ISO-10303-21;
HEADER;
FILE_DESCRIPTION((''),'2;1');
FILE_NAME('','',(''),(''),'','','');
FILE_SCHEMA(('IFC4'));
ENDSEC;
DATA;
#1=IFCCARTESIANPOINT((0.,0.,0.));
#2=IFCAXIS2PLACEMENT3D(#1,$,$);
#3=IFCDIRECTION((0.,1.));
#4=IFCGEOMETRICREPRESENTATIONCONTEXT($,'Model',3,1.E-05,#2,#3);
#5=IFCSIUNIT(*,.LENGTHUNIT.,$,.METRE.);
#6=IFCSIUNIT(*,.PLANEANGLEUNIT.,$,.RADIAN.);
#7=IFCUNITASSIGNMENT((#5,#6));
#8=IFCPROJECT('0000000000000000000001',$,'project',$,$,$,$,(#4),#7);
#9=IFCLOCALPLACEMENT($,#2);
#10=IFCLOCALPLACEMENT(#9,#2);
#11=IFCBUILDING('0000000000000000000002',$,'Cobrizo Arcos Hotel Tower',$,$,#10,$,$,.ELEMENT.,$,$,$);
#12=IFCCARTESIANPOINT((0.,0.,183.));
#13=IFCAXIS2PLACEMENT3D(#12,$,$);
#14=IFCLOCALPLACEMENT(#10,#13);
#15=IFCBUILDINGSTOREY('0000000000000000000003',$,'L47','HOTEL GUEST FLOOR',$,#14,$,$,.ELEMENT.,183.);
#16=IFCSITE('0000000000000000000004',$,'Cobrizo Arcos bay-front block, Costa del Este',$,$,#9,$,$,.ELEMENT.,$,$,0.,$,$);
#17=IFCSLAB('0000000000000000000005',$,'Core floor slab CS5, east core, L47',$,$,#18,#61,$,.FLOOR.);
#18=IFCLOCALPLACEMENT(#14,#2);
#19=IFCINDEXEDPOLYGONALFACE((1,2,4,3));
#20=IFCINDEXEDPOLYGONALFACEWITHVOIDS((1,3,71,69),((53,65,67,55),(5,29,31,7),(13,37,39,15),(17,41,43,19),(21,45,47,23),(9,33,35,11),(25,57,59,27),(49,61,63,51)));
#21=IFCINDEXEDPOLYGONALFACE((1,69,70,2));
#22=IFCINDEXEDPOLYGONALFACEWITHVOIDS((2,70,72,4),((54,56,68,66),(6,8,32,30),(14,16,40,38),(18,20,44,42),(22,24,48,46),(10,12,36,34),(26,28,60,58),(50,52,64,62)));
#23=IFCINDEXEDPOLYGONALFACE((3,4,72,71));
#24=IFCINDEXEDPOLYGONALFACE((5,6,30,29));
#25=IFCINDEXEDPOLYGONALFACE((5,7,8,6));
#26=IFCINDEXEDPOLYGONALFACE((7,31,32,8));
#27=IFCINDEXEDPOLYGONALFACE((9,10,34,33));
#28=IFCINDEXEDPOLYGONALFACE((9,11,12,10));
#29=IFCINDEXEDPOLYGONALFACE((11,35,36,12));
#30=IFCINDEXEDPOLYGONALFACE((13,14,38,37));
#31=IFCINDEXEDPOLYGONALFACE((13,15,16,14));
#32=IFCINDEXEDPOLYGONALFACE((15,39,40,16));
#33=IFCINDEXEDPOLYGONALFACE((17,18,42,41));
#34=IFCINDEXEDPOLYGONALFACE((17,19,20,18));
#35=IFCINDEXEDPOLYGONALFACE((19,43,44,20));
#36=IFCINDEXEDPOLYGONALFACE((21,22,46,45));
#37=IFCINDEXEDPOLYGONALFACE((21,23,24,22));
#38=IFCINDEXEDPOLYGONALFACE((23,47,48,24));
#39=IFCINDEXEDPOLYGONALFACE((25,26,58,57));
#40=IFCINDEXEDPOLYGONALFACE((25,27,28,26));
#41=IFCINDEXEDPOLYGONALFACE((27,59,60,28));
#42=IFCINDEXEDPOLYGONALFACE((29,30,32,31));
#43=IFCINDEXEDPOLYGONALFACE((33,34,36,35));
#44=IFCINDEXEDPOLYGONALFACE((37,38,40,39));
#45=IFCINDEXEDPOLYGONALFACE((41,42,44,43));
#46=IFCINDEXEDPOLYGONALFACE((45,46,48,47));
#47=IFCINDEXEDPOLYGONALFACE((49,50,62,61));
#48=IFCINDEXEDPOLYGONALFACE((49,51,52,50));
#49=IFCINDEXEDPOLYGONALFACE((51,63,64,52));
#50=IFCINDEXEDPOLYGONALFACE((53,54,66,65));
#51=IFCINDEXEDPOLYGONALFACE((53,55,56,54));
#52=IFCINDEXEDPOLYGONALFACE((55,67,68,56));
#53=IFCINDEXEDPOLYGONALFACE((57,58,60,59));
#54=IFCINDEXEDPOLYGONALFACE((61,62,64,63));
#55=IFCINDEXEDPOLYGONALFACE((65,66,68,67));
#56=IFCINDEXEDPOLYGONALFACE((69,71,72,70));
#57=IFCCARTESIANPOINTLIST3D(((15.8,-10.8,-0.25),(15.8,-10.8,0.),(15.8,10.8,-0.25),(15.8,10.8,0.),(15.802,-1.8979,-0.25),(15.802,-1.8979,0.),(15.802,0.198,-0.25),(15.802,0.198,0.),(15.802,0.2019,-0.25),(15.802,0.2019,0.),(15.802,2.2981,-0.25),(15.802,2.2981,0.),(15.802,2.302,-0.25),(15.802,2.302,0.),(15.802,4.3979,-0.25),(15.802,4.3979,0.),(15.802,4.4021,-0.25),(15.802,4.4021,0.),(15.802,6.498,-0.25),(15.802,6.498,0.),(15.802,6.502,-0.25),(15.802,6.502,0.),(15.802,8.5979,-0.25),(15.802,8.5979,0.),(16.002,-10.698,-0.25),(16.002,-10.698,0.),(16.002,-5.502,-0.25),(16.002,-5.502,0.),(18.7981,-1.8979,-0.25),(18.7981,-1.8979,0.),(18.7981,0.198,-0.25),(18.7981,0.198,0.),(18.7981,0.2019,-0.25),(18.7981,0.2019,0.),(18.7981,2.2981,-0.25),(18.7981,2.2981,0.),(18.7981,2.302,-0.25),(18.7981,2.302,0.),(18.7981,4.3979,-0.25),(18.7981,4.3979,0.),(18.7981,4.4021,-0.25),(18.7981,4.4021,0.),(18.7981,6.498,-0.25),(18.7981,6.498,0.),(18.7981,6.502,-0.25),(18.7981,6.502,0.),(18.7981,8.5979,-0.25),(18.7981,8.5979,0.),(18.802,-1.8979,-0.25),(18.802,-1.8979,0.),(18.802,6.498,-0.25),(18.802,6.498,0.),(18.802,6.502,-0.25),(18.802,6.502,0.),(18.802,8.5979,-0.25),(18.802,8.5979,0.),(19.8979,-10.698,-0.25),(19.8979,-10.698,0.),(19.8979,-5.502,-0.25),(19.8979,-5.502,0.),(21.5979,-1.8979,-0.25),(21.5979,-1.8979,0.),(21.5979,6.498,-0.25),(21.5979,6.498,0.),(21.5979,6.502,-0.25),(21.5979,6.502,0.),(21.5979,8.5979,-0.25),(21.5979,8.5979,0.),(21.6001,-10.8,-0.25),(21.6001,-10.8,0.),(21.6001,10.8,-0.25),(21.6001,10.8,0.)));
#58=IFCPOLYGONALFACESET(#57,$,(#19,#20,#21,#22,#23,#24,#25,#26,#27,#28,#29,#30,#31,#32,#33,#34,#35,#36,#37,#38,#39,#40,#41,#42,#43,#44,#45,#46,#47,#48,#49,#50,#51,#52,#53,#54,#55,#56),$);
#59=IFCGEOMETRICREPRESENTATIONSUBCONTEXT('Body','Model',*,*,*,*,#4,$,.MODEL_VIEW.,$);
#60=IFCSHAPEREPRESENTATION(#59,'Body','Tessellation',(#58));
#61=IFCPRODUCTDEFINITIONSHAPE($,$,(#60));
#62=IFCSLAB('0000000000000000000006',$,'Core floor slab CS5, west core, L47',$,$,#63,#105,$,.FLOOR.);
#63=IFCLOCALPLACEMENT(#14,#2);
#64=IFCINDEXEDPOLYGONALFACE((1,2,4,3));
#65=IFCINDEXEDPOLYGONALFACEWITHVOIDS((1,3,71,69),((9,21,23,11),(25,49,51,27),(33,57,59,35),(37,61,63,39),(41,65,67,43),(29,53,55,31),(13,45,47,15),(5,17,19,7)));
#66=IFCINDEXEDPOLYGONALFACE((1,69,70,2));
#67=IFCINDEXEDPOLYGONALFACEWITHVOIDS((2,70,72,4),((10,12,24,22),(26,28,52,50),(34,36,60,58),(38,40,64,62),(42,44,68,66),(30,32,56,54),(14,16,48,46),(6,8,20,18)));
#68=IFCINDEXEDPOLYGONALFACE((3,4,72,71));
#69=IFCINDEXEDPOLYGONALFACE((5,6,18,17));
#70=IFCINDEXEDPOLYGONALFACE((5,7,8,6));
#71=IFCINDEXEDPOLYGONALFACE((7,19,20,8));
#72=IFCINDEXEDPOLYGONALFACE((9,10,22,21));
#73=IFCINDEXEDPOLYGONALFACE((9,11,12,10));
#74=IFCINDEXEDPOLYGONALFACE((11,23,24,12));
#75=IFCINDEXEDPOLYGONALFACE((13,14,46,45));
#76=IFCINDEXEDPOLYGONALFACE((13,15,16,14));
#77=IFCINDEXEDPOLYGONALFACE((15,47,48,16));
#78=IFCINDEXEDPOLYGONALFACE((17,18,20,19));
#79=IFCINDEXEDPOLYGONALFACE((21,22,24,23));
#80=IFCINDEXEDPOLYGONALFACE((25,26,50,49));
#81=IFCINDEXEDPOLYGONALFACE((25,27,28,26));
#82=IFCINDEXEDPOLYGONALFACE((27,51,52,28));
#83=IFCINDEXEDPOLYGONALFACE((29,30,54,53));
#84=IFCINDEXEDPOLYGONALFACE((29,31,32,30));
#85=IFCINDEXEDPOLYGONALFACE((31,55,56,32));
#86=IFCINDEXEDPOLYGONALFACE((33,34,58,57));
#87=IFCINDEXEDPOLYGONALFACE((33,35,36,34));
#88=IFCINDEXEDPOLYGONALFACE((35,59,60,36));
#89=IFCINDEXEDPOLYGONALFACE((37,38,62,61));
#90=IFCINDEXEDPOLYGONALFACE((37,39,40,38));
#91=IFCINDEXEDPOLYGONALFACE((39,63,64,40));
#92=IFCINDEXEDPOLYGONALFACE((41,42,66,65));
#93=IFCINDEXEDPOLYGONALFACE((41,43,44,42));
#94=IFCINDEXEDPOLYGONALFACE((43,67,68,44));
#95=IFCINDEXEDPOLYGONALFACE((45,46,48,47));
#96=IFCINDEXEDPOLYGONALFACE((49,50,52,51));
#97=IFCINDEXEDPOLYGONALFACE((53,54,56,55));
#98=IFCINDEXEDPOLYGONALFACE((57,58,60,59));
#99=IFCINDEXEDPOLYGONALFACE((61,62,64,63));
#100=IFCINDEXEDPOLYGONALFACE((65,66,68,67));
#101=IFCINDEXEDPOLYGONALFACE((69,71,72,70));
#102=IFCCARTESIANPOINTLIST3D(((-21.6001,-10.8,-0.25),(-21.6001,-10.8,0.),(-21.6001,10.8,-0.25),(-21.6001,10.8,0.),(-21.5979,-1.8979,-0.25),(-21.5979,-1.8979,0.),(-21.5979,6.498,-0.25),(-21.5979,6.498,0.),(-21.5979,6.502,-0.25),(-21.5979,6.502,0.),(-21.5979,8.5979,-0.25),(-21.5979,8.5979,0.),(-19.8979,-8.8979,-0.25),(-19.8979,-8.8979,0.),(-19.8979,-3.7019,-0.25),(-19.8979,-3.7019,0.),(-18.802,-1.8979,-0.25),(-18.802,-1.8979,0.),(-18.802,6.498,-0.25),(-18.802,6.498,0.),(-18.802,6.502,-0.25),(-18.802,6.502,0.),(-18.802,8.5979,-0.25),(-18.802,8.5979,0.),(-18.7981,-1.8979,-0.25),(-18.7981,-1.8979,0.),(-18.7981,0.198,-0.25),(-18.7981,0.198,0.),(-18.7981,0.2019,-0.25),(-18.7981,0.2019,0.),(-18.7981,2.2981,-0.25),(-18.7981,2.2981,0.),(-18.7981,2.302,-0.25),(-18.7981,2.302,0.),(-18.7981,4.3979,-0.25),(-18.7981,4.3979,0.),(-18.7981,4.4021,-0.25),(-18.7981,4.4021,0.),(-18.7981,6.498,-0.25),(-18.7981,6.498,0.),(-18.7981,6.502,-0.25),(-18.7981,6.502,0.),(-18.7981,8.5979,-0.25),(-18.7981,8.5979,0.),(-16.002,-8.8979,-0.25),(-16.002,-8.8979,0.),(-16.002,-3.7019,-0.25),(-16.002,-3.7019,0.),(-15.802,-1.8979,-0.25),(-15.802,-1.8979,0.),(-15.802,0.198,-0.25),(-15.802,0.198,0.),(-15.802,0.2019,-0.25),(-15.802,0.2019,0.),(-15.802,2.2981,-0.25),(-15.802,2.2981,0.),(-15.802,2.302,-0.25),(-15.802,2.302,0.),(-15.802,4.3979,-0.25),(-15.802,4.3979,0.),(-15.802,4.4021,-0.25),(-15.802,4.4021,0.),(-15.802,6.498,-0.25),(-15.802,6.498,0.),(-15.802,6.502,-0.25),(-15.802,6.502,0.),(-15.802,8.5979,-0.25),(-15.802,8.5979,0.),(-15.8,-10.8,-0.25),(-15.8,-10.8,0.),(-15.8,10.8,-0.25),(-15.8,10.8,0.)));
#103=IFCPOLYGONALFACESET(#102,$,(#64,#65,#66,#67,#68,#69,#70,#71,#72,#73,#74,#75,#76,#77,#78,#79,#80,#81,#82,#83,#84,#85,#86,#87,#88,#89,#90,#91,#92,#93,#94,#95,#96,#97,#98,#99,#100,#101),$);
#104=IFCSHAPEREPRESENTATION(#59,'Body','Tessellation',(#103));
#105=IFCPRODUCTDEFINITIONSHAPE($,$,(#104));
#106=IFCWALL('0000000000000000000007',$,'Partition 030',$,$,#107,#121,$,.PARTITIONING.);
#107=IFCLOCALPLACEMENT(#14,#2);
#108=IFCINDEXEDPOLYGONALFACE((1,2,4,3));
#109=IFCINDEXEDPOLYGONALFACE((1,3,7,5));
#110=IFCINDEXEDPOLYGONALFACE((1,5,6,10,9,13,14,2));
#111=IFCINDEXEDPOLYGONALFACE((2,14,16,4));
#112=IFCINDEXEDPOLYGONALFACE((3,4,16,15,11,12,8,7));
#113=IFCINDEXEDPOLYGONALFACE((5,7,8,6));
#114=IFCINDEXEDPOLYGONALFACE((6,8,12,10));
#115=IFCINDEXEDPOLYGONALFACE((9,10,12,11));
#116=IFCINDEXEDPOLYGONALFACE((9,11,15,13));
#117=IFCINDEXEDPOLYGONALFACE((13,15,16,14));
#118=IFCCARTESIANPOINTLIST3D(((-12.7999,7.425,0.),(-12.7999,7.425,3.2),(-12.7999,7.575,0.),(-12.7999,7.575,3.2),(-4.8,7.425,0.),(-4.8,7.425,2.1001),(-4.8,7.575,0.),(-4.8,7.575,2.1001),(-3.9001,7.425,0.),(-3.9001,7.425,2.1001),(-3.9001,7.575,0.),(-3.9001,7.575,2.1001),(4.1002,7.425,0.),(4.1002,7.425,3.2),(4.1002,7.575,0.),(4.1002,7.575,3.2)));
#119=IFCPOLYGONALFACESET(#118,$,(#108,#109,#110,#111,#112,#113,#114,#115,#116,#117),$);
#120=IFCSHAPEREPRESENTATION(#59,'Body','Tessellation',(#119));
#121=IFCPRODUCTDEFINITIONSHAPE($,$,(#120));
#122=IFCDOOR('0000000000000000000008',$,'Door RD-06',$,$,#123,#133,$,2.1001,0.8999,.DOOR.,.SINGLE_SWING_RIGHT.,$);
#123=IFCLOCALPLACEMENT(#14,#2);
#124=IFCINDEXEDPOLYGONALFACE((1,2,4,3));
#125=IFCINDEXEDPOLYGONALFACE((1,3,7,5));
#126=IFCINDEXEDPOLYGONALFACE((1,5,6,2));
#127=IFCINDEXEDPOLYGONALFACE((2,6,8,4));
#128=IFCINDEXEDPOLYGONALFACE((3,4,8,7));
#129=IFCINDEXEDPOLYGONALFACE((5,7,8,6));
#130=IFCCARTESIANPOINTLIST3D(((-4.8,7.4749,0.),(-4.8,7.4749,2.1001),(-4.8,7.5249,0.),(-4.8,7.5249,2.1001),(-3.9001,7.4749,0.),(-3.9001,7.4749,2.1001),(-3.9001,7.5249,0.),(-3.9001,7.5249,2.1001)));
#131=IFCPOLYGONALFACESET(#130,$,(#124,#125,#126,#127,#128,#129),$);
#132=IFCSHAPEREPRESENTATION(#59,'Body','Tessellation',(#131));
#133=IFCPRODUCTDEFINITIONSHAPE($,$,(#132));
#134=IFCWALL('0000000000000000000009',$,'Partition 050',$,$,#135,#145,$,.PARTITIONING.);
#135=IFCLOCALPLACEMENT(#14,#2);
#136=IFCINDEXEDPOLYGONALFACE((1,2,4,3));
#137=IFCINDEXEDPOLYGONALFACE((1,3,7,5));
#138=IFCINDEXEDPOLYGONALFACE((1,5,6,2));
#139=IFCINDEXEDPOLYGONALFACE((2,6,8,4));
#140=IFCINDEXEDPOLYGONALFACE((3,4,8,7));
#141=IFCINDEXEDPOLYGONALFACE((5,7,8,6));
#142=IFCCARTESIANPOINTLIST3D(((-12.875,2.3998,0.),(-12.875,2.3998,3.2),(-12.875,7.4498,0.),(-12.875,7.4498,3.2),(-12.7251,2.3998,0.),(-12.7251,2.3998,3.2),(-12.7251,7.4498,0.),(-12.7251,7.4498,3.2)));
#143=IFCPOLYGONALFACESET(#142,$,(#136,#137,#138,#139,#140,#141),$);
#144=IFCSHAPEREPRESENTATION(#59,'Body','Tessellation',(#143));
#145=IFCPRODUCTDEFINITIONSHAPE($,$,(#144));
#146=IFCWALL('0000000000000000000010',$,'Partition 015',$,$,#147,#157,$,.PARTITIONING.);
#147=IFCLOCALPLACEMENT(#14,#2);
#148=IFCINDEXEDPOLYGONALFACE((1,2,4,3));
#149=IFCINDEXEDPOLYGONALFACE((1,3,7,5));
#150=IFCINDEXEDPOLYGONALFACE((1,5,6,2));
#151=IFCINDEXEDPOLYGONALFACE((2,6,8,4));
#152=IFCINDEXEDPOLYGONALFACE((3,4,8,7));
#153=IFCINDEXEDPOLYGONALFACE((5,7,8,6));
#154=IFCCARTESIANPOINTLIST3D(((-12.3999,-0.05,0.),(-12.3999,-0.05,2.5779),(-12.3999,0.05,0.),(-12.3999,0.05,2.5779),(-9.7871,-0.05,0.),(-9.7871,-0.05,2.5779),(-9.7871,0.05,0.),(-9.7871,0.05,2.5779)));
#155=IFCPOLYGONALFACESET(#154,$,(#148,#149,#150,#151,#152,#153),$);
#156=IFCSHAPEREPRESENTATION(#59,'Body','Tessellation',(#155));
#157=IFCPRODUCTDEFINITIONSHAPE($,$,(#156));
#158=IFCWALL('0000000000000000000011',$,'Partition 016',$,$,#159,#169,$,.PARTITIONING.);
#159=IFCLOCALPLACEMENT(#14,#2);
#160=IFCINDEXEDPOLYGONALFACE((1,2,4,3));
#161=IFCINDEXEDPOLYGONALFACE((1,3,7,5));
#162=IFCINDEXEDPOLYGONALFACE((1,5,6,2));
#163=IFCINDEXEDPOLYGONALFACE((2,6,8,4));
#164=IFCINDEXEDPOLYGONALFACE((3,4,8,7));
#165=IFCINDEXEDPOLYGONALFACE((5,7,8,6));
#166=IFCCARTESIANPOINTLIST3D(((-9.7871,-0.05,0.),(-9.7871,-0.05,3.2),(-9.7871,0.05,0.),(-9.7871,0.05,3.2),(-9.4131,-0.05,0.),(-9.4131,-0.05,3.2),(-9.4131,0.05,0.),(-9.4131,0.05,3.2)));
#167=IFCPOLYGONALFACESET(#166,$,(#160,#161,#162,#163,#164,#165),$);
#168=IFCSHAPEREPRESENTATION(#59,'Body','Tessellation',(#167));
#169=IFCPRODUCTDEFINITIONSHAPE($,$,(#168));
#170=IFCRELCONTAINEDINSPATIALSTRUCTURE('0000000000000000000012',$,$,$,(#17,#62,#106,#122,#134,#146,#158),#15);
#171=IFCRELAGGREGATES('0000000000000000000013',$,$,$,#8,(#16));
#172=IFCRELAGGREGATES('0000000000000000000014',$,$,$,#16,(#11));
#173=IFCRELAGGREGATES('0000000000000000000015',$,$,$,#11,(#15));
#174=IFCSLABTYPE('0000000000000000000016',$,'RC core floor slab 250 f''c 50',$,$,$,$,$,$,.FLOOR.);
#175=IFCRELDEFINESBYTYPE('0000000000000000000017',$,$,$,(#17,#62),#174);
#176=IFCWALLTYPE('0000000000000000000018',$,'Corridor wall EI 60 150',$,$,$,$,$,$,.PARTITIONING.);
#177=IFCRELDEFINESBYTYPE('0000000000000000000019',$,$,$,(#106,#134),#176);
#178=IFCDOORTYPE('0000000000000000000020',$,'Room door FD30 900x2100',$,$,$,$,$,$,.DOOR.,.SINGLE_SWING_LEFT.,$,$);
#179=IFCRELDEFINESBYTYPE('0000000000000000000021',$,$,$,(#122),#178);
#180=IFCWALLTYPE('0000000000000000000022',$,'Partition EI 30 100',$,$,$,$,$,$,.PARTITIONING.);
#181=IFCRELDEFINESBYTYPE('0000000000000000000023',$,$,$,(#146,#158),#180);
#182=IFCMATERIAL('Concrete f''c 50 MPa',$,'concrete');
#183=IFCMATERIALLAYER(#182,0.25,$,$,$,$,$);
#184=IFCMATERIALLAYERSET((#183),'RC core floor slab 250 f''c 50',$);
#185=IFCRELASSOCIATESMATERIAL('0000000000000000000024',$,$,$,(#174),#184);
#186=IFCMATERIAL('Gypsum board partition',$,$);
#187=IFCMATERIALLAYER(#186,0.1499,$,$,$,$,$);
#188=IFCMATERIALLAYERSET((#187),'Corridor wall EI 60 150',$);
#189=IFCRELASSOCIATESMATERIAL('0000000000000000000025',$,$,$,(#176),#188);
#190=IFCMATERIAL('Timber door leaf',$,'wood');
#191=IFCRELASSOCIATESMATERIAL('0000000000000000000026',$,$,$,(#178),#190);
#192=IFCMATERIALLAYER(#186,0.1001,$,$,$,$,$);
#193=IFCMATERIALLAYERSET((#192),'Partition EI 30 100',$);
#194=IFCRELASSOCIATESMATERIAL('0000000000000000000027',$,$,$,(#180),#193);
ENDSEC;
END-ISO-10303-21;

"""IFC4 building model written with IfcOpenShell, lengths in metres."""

from ifc_helpers import new_model, si_unit, direction, frame, frame_2d, origin, place, context, subcontext, project, spatial, polyline, rectangle, outline, extrude, material, layer, layer_set, type_object, element, fill, save


model = new_model("IFC4")

# Units and contexts
model_context = context("Model", 3, precision=1e-05, world=origin(), true_north=direction((0.0, 1.0)))
body_context = subcontext(model_context, "Body", "Model", "MODEL_VIEW")
ifc_project = project(units=[si_unit("LENGTHUNIT", "METRE"), si_unit("PLANEANGLEUNIT", "RADIAN")], contexts=[model_context])

# Site, building, storey
site_placement = place(None, origin())
site = spatial("IfcSite", under=ifc_project, at=site_placement, Name="Cobrizo Arcos bay-front block, Costa del Este", CompositionType="ELEMENT", RefElevation=0.0)
building_placement = place(site_placement, origin())
building = spatial("IfcBuilding", under=site, at=building_placement, Name="Cobrizo Arcos Hotel Tower", CompositionType="ELEMENT")
storey_placement = place(building_placement, frame((0.0, 0.0, 183.0)))
storey = spatial("IfcBuildingStorey", under=building, at=storey_placement, Name="L47", Description="HOTEL GUEST FLOOR", CompositionType="ELEMENT", Elevation=183.0)

# Slabs
ifc_material_1 = material(Name="Concrete f'c 50 MPa", Category="concrete")
ifc_layer_1 = layer(ifc_material_1, 0.25)
ifc_layer_set_1 = layer_set([ifc_layer_1], Name="RC core floor slab 250 f'c 50")
slab_type_1 = type_object("IfcSlabType", Name="RC core floor slab 250 f'c 50", PredefinedType="FLOOR", material=ifc_layer_set_1)
slab_1_placement = place(storey_placement, frame((0.0, 0.0, -0.25)))
element("IfcSlab", 1, at=slab_1_placement, inside=storey, type_object=slab_type_1, Name="Core floor slab CS5, east core, L47", PredefinedType="FLOOR", context=body_context, shape_type="SweptSolid", body=[
    extrude(outline(polyline([(15.8, 10.8), (21.6001, 10.8), (21.6001, -10.8), (15.8, -10.8), (15.8, 10.8)]), holes=[polyline([(19.8979, -10.698), (19.8979, -5.502), (16.002, -5.502), (16.002, -10.698), (19.8979, -10.698)]), polyline([(15.802, 0.198), (15.802, -1.8979), (18.7981, -1.8979), (18.7981, 0.198), (15.802, 0.198)]), polyline([(18.7981, 2.2981), (15.802, 2.2981), (15.802, 0.2019), (18.7981, 0.2019), (18.7981, 2.2981)]), polyline([(21.5979, 6.498), (18.802, 6.498), (18.802, -1.8979), (21.5979, -1.8979), (21.5979, 6.498)]), polyline([(18.7981, 4.3979), (15.802, 4.3979), (15.802, 2.302), (18.7981, 2.302), (18.7981, 4.3979)]), polyline([(18.7981, 6.498), (15.802, 6.498), (15.802, 4.4021), (18.7981, 4.4021), (18.7981, 6.498)]), polyline([(18.7981, 8.5979), (15.802, 8.5979), (15.802, 6.502), (18.7981, 6.502), (18.7981, 8.5979)]), polyline([(21.5979, 8.5979), (18.802, 8.5979), (18.802, 6.502), (21.5979, 6.502), (21.5979, 8.5979)])]), origin(), (0.0, 0.0, 1.0), 0.25),
])
slab_2_placement = place(storey_placement, frame((0.0, 0.0, -0.25)))
element("IfcSlab", 2, at=slab_2_placement, inside=storey, type_object=slab_type_1, Name="Core floor slab CS5, west core, L47", PredefinedType="FLOOR", context=body_context, shape_type="SweptSolid", body=[
    extrude(outline(polyline([(-21.6001, 10.8), (-15.8, 10.8), (-15.8, -10.8), (-21.6001, -10.8), (-21.6001, 10.8)]), holes=[polyline([(-19.8979, -3.7019), (-19.8979, -8.8979), (-16.002, -8.8979), (-16.002, -3.7019), (-19.8979, -3.7019)]), polyline([(-18.7981, 0.198), (-18.7981, -1.8979), (-15.802, -1.8979), (-15.802, 0.198), (-18.7981, 0.198)]), polyline([(-15.802, 2.2981), (-18.7981, 2.2981), (-18.7981, 0.2019), (-15.802, 0.2019), (-15.802, 2.2981)]), polyline([(-18.802, 6.498), (-21.5979, 6.498), (-21.5979, -1.8979), (-18.802, -1.8979), (-18.802, 6.498)]), polyline([(-15.802, 4.3979), (-18.7981, 4.3979), (-18.7981, 2.302), (-15.802, 2.302), (-15.802, 4.3979)]), polyline([(-15.802, 6.498), (-18.7981, 6.498), (-18.7981, 4.4021), (-15.802, 4.4021), (-15.802, 6.498)]), polyline([(-18.802, 8.5979), (-21.5979, 8.5979), (-21.5979, 6.502), (-18.802, 6.502), (-18.802, 8.5979)]), polyline([(-15.802, 8.5979), (-18.7981, 8.5979), (-18.7981, 6.502), (-15.802, 6.502), (-15.802, 8.5979)])]), origin(), (0.0, 0.0, 1.0), 0.25),
])

# Wall, opening, door
ifc_material_2 = material(Name="Gypsum board partition")
ifc_layer_2 = layer(ifc_material_2, 0.1499)
ifc_layer_set_2 = layer_set([ifc_layer_2], Name="Corridor wall EI 60 150")
wall_type_1 = type_object("IfcWallType", Name="Corridor wall EI 60 150", PredefinedType="PARTITIONING", material=ifc_layer_set_2)
wall_1_placement = place(storey_placement, frame((-12.8, 7.5, 0.0), z_axis=(0.0, 0.0, 1.0), x_axis=(1.0, 0.0, 0.0)))
wall_1 = element("IfcWall", 3, at=wall_1_placement, inside=storey, type_object=wall_type_1, Name="Partition 030", PredefinedType="PARTITIONING", context=body_context, shape_type="SweptSolid", body=[
    extrude(rectangle(XDim=16.9001, YDim=0.1499, at=frame_2d((8.4502, 0.0))), origin(), (0.0, 0.0, 1.0), 3.2),
])
opening_placement = place(wall_1_placement, frame((8.0, 0.0, 0.0)))
opening = element("IfcOpeningElement", 4, at=opening_placement, cuts=wall_1, PredefinedType="OPENING", context=body_context, shape_type="SweptSolid", body=[
    extrude(rectangle(XDim=0.8999, YDim=2.1001, at=frame_2d((0.45, 1.05))), frame((0.0, 0.0869, 0.0), z_axis=(0.0, -1.0, 0.0), x_axis=(1.0, 0.0, 0.0)), (0.0, 0.0, 1.0), 0.1738),
])
ifc_material_3 = material(Name="Timber door leaf", Category="wood")
door_type = type_object("IfcDoorType", Name="Room door FD30 900x2100", OperationType="SINGLE_SWING_LEFT", PredefinedType="DOOR", material=ifc_material_3)
door_placement = place(opening_placement, origin())
door = element("IfcDoor", 5, at=door_placement, inside=storey, type_object=door_type, Name="Door RD-06", OperationType="SINGLE_SWING_RIGHT", OverallHeight=2.1001, OverallWidth=0.8999, PredefinedType="DOOR", context=body_context, shape_type="SweptSolid", body=[
    extrude(rectangle(XDim=0.8999, YDim=2.1001, at=frame_2d((0.45, 1.05))), frame((0.0, 0.0249, 0.0), z_axis=(0.0, -1.0, 0.0), x_axis=(1.0, 0.0, 0.0)), (0.0, 0.0, 1.0), 0.05),
])
fill(opening, door)

# Walls
wall_2_placement = place(storey_placement, frame((-12.8, 2.3999, 0.0), z_axis=(0.0, 0.0, 1.0), x_axis=(0.0, 1.0, 0.0)))
element("IfcWall", 6, at=wall_2_placement, inside=storey, type_object=wall_type_1, Name="Partition 050", PredefinedType="PARTITIONING", context=body_context, shape_type="SweptSolid", body=[
    extrude(rectangle(XDim=5.05, YDim=0.1499, at=frame_2d((2.5249, 0.0))), origin(), (0.0, 0.0, 1.0), 3.2),
])
ifc_layer_3 = layer(ifc_material_2, 0.1001)
ifc_layer_set_3 = layer_set([ifc_layer_3], Name="Partition EI 30 100")
wall_type_2 = type_object("IfcWallType", Name="Partition EI 30 100", PredefinedType="PARTITIONING", material=ifc_layer_set_3)
wall_3_placement = place(storey_placement, frame((-12.3999, 0.0, 0.0), z_axis=(0.0, 0.0, 1.0), x_axis=(1.0, 0.0, 0.0)))
element("IfcWall", 7, at=wall_3_placement, inside=storey, type_object=wall_type_2, Name="Partition 015", PredefinedType="PARTITIONING", context=body_context, shape_type="SweptSolid", body=[
    extrude(rectangle(XDim=2.6128, YDim=0.1001, at=frame_2d((1.3064, 0.0))), origin(), (0.0, 0.0, 1.0), 2.5779),
])
wall_4_placement = place(storey_placement, frame((-9.7871, 0.0, 0.0), z_axis=(0.0, 0.0, 1.0), x_axis=(1.0, 0.0, 0.0)))
element("IfcWall", 8, at=wall_4_placement, inside=storey, type_object=wall_type_2, Name="Partition 016", PredefinedType="PARTITIONING", context=body_context, shape_type="SweptSolid", body=[
    extrude(rectangle(XDim=0.374, YDim=0.1001, at=frame_2d((0.187, 0.0))), origin(), (0.0, 0.0, 1.0), 3.2),
])

save(model, "model.ifc")
